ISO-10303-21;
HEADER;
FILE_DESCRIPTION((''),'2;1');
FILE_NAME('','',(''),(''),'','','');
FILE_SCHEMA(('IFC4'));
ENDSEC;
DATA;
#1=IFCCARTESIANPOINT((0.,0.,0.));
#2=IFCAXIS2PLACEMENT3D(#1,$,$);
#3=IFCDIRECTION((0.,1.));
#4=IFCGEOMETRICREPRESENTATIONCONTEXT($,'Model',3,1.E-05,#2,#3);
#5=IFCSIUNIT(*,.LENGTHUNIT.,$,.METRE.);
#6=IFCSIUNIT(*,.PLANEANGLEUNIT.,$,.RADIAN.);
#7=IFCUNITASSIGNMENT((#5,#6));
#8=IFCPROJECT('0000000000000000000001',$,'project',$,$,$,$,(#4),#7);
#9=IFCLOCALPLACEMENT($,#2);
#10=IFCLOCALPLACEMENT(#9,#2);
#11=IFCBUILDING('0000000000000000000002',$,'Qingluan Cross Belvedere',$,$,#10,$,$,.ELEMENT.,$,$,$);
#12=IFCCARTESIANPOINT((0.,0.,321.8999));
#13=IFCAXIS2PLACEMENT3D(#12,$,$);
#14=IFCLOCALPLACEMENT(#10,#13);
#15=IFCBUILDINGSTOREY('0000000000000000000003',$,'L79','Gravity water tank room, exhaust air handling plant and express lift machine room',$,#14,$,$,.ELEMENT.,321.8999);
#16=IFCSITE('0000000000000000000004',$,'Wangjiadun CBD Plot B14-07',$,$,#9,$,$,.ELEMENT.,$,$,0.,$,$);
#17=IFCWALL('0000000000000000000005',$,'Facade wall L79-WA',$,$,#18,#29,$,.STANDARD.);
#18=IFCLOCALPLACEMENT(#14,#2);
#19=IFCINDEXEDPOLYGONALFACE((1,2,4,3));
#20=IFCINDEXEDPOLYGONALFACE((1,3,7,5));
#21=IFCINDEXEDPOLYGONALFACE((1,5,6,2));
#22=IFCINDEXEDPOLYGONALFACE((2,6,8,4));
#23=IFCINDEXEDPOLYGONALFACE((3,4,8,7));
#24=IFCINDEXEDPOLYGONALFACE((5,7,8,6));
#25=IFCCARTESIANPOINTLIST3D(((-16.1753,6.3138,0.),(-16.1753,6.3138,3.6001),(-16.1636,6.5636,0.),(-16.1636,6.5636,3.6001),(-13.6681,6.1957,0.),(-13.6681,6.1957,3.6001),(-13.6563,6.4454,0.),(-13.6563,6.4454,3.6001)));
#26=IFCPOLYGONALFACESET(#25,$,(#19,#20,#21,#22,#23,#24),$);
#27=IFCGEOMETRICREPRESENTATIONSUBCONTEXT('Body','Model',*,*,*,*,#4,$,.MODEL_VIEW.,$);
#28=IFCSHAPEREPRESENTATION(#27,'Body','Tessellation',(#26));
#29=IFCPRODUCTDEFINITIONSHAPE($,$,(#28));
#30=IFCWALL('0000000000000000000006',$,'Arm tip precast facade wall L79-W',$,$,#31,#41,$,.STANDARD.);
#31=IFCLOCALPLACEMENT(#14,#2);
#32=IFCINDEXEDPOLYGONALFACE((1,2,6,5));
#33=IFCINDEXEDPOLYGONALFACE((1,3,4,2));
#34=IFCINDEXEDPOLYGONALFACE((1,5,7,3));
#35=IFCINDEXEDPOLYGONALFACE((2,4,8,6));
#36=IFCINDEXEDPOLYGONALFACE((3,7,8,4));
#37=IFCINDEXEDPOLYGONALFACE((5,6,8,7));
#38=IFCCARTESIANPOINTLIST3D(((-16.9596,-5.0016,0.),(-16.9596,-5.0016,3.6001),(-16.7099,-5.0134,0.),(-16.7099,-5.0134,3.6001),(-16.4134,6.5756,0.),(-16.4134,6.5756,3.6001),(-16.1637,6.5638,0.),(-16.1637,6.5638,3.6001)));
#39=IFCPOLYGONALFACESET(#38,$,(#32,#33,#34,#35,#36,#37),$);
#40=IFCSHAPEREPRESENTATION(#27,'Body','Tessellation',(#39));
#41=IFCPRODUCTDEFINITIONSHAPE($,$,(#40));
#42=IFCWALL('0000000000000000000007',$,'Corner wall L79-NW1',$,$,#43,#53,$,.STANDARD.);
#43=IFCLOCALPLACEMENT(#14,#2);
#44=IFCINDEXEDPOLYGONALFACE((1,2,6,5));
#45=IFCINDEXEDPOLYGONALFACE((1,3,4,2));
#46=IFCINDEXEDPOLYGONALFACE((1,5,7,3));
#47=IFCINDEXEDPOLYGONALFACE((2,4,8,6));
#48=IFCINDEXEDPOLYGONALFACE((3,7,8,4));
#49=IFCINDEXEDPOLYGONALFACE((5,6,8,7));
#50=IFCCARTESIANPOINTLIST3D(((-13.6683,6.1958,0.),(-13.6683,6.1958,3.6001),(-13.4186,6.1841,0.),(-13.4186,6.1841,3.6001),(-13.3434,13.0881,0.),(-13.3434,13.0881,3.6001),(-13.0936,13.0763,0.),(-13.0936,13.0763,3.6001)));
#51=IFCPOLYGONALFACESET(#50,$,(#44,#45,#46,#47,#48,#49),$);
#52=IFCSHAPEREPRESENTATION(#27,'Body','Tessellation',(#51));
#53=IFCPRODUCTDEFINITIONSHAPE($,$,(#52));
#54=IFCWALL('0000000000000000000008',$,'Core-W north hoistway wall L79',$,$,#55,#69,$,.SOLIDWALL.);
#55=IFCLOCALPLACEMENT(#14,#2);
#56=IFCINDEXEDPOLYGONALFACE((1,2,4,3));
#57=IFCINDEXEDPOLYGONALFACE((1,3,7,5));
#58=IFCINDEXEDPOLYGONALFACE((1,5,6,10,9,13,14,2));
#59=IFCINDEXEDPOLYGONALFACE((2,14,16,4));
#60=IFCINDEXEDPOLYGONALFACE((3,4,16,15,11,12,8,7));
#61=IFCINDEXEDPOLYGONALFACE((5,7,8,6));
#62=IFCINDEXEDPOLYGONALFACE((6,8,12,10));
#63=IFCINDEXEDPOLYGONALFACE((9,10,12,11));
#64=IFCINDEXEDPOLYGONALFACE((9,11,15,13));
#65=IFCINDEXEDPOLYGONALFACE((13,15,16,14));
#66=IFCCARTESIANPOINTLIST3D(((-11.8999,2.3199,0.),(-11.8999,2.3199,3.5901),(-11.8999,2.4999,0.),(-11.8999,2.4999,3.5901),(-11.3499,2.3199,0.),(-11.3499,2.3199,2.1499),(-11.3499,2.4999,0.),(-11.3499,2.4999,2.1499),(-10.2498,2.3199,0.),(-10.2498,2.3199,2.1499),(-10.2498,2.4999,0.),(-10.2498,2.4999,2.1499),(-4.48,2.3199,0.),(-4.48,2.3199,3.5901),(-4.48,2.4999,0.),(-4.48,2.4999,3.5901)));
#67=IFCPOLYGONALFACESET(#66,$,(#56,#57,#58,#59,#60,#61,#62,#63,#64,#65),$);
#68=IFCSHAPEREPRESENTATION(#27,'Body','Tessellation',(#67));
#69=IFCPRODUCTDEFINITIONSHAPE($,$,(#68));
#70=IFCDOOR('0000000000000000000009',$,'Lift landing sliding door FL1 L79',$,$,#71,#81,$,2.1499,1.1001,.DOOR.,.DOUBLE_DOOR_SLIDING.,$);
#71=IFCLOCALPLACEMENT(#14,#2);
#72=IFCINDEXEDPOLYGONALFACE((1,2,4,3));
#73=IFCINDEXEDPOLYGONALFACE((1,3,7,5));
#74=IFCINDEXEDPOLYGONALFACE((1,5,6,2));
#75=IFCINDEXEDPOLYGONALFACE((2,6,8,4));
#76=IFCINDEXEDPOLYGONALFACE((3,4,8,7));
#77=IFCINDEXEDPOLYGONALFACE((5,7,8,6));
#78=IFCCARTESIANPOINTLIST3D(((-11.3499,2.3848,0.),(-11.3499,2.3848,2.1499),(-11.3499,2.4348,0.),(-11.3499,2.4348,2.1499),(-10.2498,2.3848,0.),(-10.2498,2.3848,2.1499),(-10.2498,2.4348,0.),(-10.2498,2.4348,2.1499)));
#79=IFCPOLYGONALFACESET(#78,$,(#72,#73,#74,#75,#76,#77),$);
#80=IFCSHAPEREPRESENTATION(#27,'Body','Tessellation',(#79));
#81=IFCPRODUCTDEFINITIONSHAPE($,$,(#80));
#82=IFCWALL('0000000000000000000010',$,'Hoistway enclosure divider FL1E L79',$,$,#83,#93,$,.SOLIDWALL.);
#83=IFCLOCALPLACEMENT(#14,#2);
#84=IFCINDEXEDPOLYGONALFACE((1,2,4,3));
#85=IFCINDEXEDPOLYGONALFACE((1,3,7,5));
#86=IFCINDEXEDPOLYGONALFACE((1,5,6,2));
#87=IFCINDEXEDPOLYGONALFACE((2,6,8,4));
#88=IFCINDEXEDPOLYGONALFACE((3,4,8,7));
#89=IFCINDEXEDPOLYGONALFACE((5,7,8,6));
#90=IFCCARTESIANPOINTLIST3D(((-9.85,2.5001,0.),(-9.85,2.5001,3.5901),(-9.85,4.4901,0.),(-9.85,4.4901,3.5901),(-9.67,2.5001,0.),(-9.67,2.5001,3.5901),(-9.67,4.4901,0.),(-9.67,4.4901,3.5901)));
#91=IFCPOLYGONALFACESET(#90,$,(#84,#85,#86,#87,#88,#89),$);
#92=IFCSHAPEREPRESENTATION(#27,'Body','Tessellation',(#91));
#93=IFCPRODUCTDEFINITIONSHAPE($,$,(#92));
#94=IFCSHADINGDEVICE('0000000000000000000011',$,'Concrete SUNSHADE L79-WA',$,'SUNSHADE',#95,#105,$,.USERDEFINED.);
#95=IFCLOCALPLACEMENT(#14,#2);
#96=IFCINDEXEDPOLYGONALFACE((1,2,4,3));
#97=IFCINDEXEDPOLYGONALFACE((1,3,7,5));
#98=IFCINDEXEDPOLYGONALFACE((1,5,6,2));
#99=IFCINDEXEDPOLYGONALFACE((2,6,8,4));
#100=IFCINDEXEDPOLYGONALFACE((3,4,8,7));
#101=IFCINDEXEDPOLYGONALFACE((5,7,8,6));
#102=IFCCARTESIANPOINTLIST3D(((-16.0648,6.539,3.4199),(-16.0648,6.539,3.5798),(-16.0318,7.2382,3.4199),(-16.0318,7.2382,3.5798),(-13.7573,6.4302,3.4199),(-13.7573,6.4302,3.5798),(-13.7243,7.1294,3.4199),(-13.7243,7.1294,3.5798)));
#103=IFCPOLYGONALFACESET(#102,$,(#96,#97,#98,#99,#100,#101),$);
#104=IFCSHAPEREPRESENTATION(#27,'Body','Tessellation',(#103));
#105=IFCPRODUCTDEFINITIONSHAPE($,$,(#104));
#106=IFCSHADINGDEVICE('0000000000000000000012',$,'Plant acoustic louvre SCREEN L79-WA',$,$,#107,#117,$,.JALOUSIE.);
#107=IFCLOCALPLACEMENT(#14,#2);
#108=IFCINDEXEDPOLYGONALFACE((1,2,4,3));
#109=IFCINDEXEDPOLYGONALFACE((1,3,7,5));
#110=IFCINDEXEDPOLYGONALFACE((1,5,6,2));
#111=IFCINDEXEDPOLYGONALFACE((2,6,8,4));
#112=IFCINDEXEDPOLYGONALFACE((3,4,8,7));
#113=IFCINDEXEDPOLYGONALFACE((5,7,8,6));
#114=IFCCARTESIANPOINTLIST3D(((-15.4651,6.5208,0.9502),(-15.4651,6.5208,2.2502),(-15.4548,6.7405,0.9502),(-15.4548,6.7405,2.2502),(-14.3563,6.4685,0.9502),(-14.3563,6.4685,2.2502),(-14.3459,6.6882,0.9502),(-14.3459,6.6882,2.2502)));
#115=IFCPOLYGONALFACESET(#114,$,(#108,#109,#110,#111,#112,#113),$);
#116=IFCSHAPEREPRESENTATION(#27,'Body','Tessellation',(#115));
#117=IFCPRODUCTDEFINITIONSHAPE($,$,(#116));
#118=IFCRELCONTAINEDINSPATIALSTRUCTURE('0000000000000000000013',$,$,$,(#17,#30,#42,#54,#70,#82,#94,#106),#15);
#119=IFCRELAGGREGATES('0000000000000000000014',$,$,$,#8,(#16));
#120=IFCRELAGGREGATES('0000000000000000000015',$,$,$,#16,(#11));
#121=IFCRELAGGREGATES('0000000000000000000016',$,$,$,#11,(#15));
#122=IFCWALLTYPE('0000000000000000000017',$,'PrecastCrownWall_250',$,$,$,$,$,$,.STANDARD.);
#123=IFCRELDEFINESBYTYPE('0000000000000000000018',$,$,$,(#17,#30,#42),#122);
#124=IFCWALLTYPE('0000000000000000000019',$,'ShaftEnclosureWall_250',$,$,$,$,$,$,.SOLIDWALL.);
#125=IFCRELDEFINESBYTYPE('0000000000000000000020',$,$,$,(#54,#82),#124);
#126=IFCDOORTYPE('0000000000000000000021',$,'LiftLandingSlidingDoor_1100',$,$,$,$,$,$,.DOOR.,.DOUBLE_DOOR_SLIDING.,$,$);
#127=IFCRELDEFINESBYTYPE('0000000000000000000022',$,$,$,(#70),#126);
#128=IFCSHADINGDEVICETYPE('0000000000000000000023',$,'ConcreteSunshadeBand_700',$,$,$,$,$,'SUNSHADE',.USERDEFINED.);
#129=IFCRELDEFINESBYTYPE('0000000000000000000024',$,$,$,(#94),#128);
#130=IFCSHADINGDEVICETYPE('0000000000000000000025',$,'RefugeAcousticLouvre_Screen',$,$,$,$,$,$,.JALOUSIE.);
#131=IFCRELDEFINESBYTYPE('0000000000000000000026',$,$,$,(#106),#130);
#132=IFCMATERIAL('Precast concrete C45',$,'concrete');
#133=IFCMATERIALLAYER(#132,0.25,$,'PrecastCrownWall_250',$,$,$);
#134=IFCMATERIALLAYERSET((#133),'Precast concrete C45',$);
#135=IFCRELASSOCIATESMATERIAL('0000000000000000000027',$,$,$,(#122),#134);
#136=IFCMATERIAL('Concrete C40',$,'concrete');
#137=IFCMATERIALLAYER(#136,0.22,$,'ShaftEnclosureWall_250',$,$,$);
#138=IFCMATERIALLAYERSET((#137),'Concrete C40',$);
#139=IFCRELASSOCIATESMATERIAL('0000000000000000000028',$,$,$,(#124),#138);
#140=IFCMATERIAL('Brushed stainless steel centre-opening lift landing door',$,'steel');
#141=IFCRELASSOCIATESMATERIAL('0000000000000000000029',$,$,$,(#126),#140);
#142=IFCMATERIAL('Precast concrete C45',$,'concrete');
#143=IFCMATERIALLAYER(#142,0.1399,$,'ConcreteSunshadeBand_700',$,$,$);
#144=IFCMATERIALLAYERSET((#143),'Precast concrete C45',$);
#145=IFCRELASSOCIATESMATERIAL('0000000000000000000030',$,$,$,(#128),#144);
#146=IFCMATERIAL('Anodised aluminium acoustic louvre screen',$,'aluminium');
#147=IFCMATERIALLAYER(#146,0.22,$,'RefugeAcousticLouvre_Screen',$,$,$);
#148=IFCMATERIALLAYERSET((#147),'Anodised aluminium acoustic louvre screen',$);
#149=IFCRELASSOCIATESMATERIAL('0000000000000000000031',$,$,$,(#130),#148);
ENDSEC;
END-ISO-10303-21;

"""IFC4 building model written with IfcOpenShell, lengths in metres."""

from ifc_helpers import new_model, si_unit, direction, frame, frame_2d, origin, origin_2d, place, context, subcontext, project, spatial, rectangle, extrude, material, layer, layer_set, type_object, element, fill, save


model = new_model("IFC4")

# Units and contexts
model_context = context("Model", 3, precision=1e-05, world=origin(), true_north=direction((0.0, 1.0)))
body_context = subcontext(model_context, "Body", "Model", "MODEL_VIEW")
ifc_project = project(units=[si_unit("LENGTHUNIT", "METRE"), si_unit("PLANEANGLEUNIT", "RADIAN")], contexts=[model_context])

# Site, building, storey
site_placement = place(None, origin())
site = spatial("IfcSite", under=ifc_project, at=site_placement, Name="Wangjiadun CBD Plot B14-07", CompositionType="ELEMENT", RefElevation=0.0)
building_placement = place(site_placement, origin())
building = spatial("IfcBuilding", under=site, at=building_placement, Name="Qingluan Cross Belvedere", CompositionType="ELEMENT")
storey_placement = place(building_placement, frame((0.0, 0.0, 321.8999)))
storey = spatial("IfcBuildingStorey", under=building, at=storey_placement, Name="L79", Description="Gravity water tank room, exhaust air handling plant and express lift machine room", CompositionType="ELEMENT", Elevation=321.8999)

# Walls
ifc_material_1 = material(Name="Precast concrete C45", Category="concrete")
ifc_layer_1 = layer(ifc_material_1, 0.25, Name="PrecastCrownWall_250")
ifc_layer_set_1 = layer_set([ifc_layer_1], Name="Precast concrete C45")
wall_type_1 = type_object("IfcWallType", Name="PrecastCrownWall_250", PredefinedType="STANDARD", material=ifc_layer_set_1)
wall_1_placement = place(storey_placement, frame((-13.6624, 6.3206, 0.0), z_axis=(0.0, 0.0, 1.0), x_axis=(-0.998891, 0.047075, 0.0)))
element("IfcWall", 1, at=wall_1_placement, inside=storey, type_object=wall_type_1, Name="Facade wall L79-WA", PredefinedType="STANDARD", context=body_context, shape_type="SweptSolid", body=[
    extrude(rectangle(XDim=2.51, YDim=0.25, at=frame_2d((1.2549, 0.0))), origin(), (0.0, 0.0, 1.0), 3.6001),
])
wall_2_placement = place(storey_placement, frame((-16.2886, 6.5696, 0.0), z_axis=(0.0, 0.0, 1.0), x_axis=(-0.047122, -0.998889, 0.0)))
element("IfcWall", 2, at=wall_2_placement, inside=storey, type_object=wall_type_1, Name="Arm tip precast facade wall L79-W", PredefinedType="STANDARD", context=body_context, shape_type="SweptSolid", body=[
    extrude(rectangle(XDim=11.5901, YDim=0.25, at=frame_2d((5.7949, 0.0))), origin(), (0.0, 0.0, 1.0), 3.6001),
])
wall_3_placement = place(storey_placement, frame((-13.5435, 6.1899, 0.0), z_axis=(0.0, 0.0, 1.0), x_axis=(0.047094, 0.99889, 0.0)))
element("IfcWall", 3, at=wall_3_placement, inside=storey, type_object=wall_type_1, Name="Corner wall L79-NW1", PredefinedType="STANDARD", context=body_context, shape_type="SweptSolid", body=[
    extrude(rectangle(XDim=6.8999, YDim=0.25, at=frame_2d((3.45, 0.0))), origin(), (0.0, 0.0, 1.0), 3.6001),
])

# Wall, opening, door
ifc_material_2 = material(Name="Concrete C40", Category="concrete")
ifc_layer_2 = layer(ifc_material_2, 0.22, Name="ShaftEnclosureWall_250")
ifc_layer_set_2 = layer_set([ifc_layer_2], Name="Concrete C40")
wall_type_2 = type_object("IfcWallType", Name="ShaftEnclosureWall_250", PredefinedType="SOLIDWALL", material=ifc_layer_set_2)
wall_4_placement = place(storey_placement, frame((-11.8999, 2.4099, 0.0), z_axis=(0.0, 0.0, 1.0), x_axis=(1.0, 0.0, 0.0)))
wall_4 = element("IfcWall", 4, at=wall_4_placement, inside=storey, type_object=wall_type_2, Name="Core-W north hoistway wall L79", PredefinedType="SOLIDWALL", context=body_context, shape_type="SweptSolid", body=[
    extrude(rectangle(XDim=7.4199, YDim=0.1799, at=frame_2d((3.71, 0.0))), origin(), (0.0, 0.0, 1.0), 3.5901),
])
opening_1_placement = place(wall_4_placement, frame((0.55, 0.0, 0.0)))
opening_1 = element("IfcOpeningElement", 5, at=opening_1_placement, cuts=wall_4, PredefinedType="OPENING", context=body_context, shape_type="SweptSolid", body=[
    extrude(rectangle(XDim=1.1001, YDim=2.1499, at=frame_2d((0.55, 1.075))), frame((0.0, 0.0999, 0.0), z_axis=(0.0, -1.0, 0.0), x_axis=(1.0, 0.0, 0.0)), (0.0, 0.0, 1.0), 0.2),
])
ifc_material_3 = material(Name="Brushed stainless steel centre-opening lift landing door", Category="steel")
door_type_1 = type_object("IfcDoorType", Name="LiftLandingSlidingDoor_1100", OperationType="DOUBLE_DOOR_SLIDING", PredefinedType="DOOR", material=ifc_material_3)
door_1_placement = place(opening_1_placement, origin())
door_1 = element("IfcDoor", 6, at=door_1_placement, inside=storey, type_object=door_type_1, Name="Lift landing sliding door FL1 L79", OperationType="DOUBLE_DOOR_SLIDING", OverallHeight=2.1499, OverallWidth=1.1001, PredefinedType="DOOR", context=body_context, shape_type="SweptSolid", body=[
    extrude(rectangle(XDim=1.1001, YDim=2.1499, at=frame_2d((0.55, 1.075))), frame((0.0, 0.0249, 0.0), z_axis=(0.0, -1.0, 0.0), x_axis=(1.0, 0.0, 0.0)), (0.0, 0.0, 1.0), 0.05),
])
fill(opening_1, door_1)

# Wall
wall_5_placement = place(storey_placement, frame((-9.76, 2.5, 0.0), z_axis=(0.0, 0.0, 1.0), x_axis=(0.0, 1.0, 0.0)))
element("IfcWall", 7, at=wall_5_placement, inside=storey, type_object=wall_type_2, Name="Hoistway enclosure divider FL1E L79", PredefinedType="SOLIDWALL", context=body_context, shape_type="SweptSolid", body=[
    extrude(rectangle(XDim=1.99, YDim=0.1799, at=frame_2d((0.9951, 0.0))), origin(), (0.0, 0.0, 1.0), 3.5901),
])

# Shading devices
ifc_material_4 = material(Name="Precast concrete C45", Category="concrete")
ifc_layer_3 = layer(ifc_material_4, 0.1399, Name="ConcreteSunshadeBand_700")
ifc_layer_set_3 = layer_set([ifc_layer_3], Name="Precast concrete C45")
shading_device_type_1 = type_object("IfcShadingDeviceType", Name="ConcreteSunshadeBand_700", ElementType="SUNSHADE", PredefinedType="USERDEFINED", material=ifc_layer_set_3)
shading_device_1_placement = place(storey_placement, frame((-14.8945, 6.8342, 3.4199), z_axis=(0.0, 0.0, 1.0), x_axis=(-0.998891, 0.047092, 0.0)))
element("IfcShadingDevice", 8, at=shading_device_1_placement, inside=storey, type_object=shading_device_type_1, Name="Concrete SUNSHADE L79-WA", ObjectType="SUNSHADE", PredefinedType="USERDEFINED", context=body_context, shape_type="SweptSolid", body=[
    extrude(rectangle(XDim=2.3101, YDim=0.7, at=origin_2d()), origin(), (0.0, 0.0, 1.0), 0.1599),
])
ifc_material_5 = material(Name="Anodised aluminium acoustic louvre screen", Category="aluminium")
ifc_layer_4 = layer(ifc_material_5, 0.22, Name="RefugeAcousticLouvre_Screen")
ifc_layer_set_4 = layer_set([ifc_layer_4], Name="Anodised aluminium acoustic louvre screen")
shading_device_type_2 = type_object("IfcShadingDeviceType", Name="RefugeAcousticLouvre_Screen", PredefinedType="JALOUSIE", material=ifc_layer_set_4)
shading_device_2_placement = place(storey_placement, frame((-14.9055, 6.6045, 0.9502), z_axis=(0.0, 0.0, 1.0), x_axis=(-0.998891, 0.047092, 0.0)))
element("IfcShadingDevice", 9, at=shading_device_2_placement, inside=storey, type_object=shading_device_type_2, Name="Plant acoustic louvre SCREEN L79-WA", PredefinedType="JALOUSIE", context=body_context, shape_type="SweptSolid", body=[
    extrude(rectangle(XDim=1.1101, YDim=0.22, at=origin_2d()), origin(), (0.0, 0.0, 1.0), 1.3),
])

save(model, "model.ifc")
